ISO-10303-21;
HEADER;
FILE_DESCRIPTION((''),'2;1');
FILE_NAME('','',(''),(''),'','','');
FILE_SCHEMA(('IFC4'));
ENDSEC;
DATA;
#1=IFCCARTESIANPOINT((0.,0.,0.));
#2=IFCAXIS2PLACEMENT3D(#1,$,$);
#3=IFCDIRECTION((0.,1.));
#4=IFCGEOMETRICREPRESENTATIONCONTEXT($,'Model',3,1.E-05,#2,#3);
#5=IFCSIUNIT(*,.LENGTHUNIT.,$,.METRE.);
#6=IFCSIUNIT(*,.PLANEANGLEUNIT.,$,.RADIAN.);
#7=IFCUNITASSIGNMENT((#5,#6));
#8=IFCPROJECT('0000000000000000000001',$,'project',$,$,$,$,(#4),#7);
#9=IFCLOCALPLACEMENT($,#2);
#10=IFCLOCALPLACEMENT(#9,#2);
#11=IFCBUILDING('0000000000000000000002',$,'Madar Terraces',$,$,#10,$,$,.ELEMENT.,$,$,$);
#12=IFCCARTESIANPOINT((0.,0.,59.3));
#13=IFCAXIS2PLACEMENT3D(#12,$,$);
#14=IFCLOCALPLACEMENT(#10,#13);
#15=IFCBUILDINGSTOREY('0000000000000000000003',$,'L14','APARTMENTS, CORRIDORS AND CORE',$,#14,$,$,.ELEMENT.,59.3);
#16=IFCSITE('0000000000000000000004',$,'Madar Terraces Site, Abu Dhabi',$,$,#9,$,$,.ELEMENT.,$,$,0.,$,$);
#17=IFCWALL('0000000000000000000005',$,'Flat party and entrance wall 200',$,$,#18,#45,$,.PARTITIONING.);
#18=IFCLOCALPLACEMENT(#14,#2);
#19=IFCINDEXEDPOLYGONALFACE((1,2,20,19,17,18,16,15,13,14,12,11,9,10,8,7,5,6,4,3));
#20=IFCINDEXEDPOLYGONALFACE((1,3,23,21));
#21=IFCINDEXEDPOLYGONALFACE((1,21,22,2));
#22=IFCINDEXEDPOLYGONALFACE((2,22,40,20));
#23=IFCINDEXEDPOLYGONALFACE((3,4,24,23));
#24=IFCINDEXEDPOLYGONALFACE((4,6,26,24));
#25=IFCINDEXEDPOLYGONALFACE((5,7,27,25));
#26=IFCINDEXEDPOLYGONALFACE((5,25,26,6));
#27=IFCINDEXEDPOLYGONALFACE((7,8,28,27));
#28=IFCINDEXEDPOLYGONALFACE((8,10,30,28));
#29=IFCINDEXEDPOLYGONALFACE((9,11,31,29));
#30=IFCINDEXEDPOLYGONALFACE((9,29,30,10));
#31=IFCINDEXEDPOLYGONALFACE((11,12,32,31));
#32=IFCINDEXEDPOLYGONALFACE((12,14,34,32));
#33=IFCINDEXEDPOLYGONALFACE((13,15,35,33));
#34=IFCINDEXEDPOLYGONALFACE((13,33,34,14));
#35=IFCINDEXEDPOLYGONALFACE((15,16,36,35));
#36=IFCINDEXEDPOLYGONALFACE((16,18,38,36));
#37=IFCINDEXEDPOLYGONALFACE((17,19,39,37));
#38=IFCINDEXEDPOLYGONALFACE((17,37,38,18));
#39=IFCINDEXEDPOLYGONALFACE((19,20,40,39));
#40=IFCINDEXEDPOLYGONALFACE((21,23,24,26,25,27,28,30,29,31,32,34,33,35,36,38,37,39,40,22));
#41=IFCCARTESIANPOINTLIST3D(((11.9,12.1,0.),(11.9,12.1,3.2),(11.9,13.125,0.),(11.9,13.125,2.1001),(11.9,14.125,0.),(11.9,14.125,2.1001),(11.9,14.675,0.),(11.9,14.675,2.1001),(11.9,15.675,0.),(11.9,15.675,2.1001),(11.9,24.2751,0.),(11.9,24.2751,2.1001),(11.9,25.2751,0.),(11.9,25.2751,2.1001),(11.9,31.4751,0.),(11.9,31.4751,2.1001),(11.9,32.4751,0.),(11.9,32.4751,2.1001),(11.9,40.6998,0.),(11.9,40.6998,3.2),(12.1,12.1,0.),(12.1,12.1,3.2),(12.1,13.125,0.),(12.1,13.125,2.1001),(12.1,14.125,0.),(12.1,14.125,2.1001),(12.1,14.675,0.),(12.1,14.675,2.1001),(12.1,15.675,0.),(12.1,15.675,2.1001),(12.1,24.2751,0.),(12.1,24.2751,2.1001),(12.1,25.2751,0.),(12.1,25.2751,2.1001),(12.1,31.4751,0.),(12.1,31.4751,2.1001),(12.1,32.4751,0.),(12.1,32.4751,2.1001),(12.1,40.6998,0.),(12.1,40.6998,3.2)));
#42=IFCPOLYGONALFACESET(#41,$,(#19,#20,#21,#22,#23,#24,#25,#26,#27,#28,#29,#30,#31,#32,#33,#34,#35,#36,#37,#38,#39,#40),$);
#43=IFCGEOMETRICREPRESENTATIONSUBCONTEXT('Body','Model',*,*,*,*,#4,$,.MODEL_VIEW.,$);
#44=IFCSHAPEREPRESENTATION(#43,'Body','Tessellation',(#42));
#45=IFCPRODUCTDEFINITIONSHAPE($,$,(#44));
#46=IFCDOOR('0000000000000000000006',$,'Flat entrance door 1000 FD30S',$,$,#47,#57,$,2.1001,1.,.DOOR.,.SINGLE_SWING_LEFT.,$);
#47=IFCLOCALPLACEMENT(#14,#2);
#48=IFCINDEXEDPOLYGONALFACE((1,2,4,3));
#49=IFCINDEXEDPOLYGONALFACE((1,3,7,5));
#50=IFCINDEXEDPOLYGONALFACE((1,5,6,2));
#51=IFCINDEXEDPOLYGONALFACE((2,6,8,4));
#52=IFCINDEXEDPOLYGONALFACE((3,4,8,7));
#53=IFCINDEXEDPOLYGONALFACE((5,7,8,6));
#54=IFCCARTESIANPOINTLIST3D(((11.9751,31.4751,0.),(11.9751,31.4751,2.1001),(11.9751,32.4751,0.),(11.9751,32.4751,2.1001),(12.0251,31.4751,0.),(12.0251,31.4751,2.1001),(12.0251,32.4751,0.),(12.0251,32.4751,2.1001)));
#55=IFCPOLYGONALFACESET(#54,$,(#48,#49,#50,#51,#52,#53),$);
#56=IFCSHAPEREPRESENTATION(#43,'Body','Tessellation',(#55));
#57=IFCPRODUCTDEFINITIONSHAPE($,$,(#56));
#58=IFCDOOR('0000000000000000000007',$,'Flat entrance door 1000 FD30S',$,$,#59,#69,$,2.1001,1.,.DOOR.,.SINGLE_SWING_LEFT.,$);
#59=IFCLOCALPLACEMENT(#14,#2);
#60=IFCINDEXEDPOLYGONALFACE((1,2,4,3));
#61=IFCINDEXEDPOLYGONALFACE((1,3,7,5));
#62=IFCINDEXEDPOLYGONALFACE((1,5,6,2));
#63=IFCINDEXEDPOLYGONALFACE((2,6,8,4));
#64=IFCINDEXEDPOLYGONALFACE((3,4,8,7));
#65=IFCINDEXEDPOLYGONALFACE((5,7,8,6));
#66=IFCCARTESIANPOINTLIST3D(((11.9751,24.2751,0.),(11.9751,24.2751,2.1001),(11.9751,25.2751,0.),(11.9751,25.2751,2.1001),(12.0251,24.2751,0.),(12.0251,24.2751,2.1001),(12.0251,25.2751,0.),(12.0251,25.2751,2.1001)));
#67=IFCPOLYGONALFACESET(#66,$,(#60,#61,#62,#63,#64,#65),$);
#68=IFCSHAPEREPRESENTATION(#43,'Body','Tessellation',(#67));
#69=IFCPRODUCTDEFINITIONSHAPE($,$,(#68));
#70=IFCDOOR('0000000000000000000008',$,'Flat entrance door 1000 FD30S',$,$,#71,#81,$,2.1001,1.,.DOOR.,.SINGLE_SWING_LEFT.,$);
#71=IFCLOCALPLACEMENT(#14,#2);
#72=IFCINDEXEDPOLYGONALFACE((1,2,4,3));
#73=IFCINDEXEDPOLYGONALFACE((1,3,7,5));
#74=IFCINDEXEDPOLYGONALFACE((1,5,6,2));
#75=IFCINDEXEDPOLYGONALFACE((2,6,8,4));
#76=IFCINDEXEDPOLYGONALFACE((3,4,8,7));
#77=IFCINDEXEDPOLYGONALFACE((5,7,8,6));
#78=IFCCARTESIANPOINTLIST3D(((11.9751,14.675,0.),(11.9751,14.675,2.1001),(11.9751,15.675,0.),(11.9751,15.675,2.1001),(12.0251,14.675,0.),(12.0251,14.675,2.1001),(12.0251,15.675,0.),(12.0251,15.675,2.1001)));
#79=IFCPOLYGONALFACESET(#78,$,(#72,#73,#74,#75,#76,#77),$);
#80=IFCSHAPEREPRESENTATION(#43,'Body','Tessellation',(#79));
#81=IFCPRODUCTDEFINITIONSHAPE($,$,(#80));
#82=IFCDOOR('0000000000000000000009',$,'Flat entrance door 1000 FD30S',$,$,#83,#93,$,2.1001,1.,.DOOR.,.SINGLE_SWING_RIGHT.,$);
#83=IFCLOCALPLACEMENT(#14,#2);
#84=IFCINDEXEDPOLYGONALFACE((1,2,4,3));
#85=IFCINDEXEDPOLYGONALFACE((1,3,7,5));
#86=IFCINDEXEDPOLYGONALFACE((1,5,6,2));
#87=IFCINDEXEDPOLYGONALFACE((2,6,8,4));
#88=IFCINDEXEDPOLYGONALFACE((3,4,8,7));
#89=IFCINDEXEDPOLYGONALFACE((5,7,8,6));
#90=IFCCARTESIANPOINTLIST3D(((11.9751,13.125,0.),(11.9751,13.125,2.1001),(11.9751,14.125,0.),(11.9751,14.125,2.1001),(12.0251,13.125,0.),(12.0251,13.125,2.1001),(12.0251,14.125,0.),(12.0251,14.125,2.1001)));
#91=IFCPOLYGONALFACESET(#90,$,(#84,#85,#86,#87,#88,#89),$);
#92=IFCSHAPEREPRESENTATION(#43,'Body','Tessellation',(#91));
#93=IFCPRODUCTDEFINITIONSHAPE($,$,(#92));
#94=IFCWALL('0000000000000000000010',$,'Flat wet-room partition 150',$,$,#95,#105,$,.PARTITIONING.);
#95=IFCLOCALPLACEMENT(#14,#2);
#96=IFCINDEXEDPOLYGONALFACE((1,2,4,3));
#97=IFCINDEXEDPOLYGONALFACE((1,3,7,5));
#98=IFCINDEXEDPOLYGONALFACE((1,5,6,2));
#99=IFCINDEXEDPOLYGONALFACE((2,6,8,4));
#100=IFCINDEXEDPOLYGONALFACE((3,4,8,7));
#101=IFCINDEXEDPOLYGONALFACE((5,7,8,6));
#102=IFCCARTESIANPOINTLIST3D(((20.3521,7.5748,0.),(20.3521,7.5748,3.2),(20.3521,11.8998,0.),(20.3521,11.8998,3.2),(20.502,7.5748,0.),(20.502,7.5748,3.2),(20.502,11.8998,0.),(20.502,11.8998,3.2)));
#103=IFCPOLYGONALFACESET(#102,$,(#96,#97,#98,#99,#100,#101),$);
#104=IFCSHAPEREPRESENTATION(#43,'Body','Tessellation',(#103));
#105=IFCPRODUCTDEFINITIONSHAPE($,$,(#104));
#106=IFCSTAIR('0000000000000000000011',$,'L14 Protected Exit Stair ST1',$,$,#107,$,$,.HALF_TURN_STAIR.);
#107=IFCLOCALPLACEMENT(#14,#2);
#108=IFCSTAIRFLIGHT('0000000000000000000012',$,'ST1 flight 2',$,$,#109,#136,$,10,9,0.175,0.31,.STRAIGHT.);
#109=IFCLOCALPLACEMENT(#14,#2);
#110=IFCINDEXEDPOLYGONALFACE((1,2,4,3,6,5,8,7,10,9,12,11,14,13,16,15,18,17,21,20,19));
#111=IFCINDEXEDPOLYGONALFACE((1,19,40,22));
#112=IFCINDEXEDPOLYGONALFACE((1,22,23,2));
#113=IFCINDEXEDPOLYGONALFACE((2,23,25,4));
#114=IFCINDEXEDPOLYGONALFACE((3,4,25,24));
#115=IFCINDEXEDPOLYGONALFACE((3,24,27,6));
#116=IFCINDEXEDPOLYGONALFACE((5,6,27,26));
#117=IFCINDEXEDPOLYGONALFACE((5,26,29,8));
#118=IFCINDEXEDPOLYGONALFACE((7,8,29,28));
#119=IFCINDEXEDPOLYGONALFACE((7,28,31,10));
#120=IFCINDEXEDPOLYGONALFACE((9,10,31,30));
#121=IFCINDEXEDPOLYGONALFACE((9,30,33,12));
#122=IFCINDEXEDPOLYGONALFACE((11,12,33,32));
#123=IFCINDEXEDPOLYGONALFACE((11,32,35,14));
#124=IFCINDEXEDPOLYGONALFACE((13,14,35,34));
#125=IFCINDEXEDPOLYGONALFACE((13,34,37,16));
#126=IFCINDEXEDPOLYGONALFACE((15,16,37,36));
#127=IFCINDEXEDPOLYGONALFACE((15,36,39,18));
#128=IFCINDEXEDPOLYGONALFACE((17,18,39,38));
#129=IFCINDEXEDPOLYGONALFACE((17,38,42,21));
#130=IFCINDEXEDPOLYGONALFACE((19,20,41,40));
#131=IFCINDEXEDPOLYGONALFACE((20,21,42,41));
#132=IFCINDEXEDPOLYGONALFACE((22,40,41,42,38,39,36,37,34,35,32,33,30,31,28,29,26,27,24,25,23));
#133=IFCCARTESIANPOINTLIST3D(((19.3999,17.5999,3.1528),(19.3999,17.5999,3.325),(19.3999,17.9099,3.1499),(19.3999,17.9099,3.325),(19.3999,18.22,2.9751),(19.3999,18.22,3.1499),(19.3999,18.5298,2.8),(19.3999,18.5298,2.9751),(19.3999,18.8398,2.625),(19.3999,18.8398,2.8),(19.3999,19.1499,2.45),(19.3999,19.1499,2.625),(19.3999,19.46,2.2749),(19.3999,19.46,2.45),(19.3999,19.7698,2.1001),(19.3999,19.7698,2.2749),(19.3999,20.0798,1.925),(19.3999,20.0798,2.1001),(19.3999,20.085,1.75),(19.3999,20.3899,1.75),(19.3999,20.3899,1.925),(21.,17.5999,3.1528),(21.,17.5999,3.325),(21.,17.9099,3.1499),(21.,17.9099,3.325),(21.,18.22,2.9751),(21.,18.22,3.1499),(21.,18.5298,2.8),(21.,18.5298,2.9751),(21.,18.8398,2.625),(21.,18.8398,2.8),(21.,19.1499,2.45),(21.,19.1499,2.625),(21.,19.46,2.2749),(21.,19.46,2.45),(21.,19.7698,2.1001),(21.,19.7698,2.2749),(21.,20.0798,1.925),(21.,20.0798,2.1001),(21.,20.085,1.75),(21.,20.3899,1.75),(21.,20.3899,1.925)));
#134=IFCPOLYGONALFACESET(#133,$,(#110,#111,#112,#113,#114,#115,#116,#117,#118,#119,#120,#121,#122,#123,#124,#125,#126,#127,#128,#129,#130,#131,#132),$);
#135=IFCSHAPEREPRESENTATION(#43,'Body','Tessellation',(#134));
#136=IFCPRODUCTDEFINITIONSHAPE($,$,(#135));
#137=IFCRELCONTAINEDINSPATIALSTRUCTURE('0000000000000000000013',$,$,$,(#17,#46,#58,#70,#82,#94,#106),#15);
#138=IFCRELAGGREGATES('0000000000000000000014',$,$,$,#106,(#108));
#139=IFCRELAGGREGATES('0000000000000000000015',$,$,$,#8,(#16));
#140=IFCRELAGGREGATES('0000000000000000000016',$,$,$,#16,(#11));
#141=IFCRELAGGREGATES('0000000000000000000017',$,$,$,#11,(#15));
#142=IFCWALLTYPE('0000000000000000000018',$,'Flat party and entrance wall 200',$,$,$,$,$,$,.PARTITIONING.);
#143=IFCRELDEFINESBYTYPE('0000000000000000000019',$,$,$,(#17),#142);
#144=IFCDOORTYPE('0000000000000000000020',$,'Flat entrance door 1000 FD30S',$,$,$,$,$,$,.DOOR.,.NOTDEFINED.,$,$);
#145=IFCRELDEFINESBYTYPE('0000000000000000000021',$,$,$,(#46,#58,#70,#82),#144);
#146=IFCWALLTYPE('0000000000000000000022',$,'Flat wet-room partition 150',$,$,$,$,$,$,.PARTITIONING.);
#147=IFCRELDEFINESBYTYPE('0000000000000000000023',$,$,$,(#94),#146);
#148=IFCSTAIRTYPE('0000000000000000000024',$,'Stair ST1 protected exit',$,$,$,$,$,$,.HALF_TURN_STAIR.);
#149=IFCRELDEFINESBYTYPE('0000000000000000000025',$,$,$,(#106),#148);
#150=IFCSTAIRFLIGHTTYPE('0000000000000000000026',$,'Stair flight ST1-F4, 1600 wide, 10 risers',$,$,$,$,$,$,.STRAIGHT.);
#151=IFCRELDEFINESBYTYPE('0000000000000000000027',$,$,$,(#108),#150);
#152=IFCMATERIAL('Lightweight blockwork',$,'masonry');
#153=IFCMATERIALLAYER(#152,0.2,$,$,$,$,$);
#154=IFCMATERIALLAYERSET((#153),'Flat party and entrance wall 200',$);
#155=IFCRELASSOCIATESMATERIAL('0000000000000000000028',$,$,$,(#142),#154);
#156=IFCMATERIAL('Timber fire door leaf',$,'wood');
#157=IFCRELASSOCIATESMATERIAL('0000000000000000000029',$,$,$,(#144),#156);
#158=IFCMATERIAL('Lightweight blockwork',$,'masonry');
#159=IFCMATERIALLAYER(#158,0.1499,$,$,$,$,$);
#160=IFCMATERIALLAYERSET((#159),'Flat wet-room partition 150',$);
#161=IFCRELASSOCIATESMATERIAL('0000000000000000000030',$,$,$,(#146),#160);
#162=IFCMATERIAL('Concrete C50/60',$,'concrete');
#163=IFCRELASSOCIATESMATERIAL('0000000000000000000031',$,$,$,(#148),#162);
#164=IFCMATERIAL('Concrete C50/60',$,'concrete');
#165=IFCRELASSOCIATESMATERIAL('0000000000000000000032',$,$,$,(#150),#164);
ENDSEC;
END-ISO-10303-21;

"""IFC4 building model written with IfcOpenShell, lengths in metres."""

from ifc_helpers import new_model, si_unit, direction, frame, frame_2d, origin, place, context, subcontext, project, spatial, polyline, rectangle, outline, extrude, material, layer, layer_set, type_object, element, fill, aggregate, save


model = new_model("IFC4")

# Units and contexts
model_context = context("Model", 3, precision=1e-05, world=origin(), true_north=direction((0.0, 1.0)))
body_context = subcontext(model_context, "Body", "Model", "MODEL_VIEW")
ifc_project = project(units=[si_unit("LENGTHUNIT", "METRE"), si_unit("PLANEANGLEUNIT", "RADIAN")], contexts=[model_context])

# Site, building, storey
site_placement = place(None, origin())
site = spatial("IfcSite", under=ifc_project, at=site_placement, Name="Madar Terraces Site, Abu Dhabi", CompositionType="ELEMENT", RefElevation=0.0)
building_placement = place(site_placement, origin())
building = spatial("IfcBuilding", under=site, at=building_placement, Name="Madar Terraces", CompositionType="ELEMENT")
storey_placement = place(building_placement, frame((0.0, 0.0, 59.3)))
storey = spatial("IfcBuildingStorey", under=building, at=storey_placement, Name="L14", Description="APARTMENTS, CORRIDORS AND CORE", CompositionType="ELEMENT", Elevation=59.3)

# Wall, openings, doors
ifc_material_1 = material(Name="Lightweight blockwork", Category="masonry")
ifc_layer_1 = layer(ifc_material_1, 0.2)
ifc_layer_set_1 = layer_set([ifc_layer_1], Name="Flat party and entrance wall 200")
wall_type_1 = type_object("IfcWallType", Name="Flat party and entrance wall 200", PredefinedType="PARTITIONING", material=ifc_layer_set_1)
wall_1_placement = place(storey_placement, frame((12.0, 12.1001, 0.0), z_axis=(0.0, 0.0, 1.0), x_axis=(0.0, 1.0, 0.0)))
wall_1 = element("IfcWall", 1, at=wall_1_placement, inside=storey, type_object=wall_type_1, Name="Flat party and entrance wall 200", PredefinedType="PARTITIONING", context=body_context, shape_type="SweptSolid", body=[
    extrude(rectangle(XDim=28.5999, YDim=0.2, at=frame_2d((14.2998, 0.0))), origin(), (0.0, 0.0, 1.0), 3.2),
])
opening_1_placement = place(wall_1_placement, frame((19.375, 0.0, 0.0)))
opening_1 = element("IfcOpeningElement", 2, at=opening_1_placement, cuts=wall_1, PredefinedType="OPENING", context=body_context, shape_type="SweptSolid", body=[
    extrude(rectangle(XDim=1.0, YDim=2.1001, at=frame_2d((0.5, 1.05))), frame((0.0, 0.1099, 0.0), z_axis=(0.0, -1.0, 0.0), x_axis=(1.0, 0.0, 0.0)), (0.0, 0.0, 1.0), 0.22),
])
opening_2_placement = place(wall_1_placement, frame((12.175, 0.0, 0.0)))
opening_2 = element("IfcOpeningElement", 3, at=opening_2_placement, cuts=wall_1, PredefinedType="OPENING", context=body_context, shape_type="SweptSolid", body=[
    extrude(rectangle(XDim=1.0, YDim=2.1001, at=frame_2d((0.5, 1.05))), frame((0.0, 0.1099, 0.0), z_axis=(0.0, -1.0, 0.0), x_axis=(1.0, 0.0, 0.0)), (0.0, 0.0, 1.0), 0.22),
])
opening_3_placement = place(wall_1_placement, frame((2.575, 0.0, 0.0)))
opening_3 = element("IfcOpeningElement", 4, at=opening_3_placement, cuts=wall_1, PredefinedType="OPENING", context=body_context, shape_type="SweptSolid", body=[
    extrude(rectangle(XDim=1.0, YDim=2.1001, at=frame_2d((0.5, 1.05))), frame((0.0, 0.1099, 0.0), z_axis=(0.0, -1.0, 0.0), x_axis=(1.0, 0.0, 0.0)), (0.0, 0.0, 1.0), 0.22),
])
opening_4_placement = place(wall_1_placement, frame((1.0249, 0.0, 0.0)))
opening_4 = element("IfcOpeningElement", 5, at=opening_4_placement, cuts=wall_1, PredefinedType="OPENING", context=body_context, shape_type="SweptSolid", body=[
    extrude(rectangle(XDim=1.0, YDim=2.1001, at=frame_2d((0.5, 1.05))), frame((0.0, 0.1099, 0.0), z_axis=(0.0, -1.0, 0.0), x_axis=(1.0, 0.0, 0.0)), (0.0, 0.0, 1.0), 0.22),
])
ifc_material_2 = material(Name="Timber fire door leaf", Category="wood")
door_type_1 = type_object("IfcDoorType", Name="Flat entrance door 1000 FD30S", OperationType="NOTDEFINED", PredefinedType="DOOR", material=ifc_material_2)
door_1_placement = place(opening_1_placement, origin())
door_1 = element("IfcDoor", 6, at=door_1_placement, inside=storey, type_object=door_type_1, Name="Flat entrance door 1000 FD30S", OperationType="SINGLE_SWING_LEFT", OverallHeight=2.1001, OverallWidth=1.0, PredefinedType="DOOR", context=body_context, shape_type="SweptSolid", body=[
    extrude(rectangle(XDim=1.0, YDim=2.1001, at=frame_2d((0.5, 1.05))), frame((0.0, 0.0249, 0.0), z_axis=(0.0, -1.0, 0.0), x_axis=(1.0, 0.0, 0.0)), (0.0, 0.0, 1.0), 0.05),
])
fill(opening_1, door_1)
door_2_placement = place(opening_2_placement, origin())
door_2 = element("IfcDoor", 7, at=door_2_placement, inside=storey, type_object=door_type_1, Name="Flat entrance door 1000 FD30S", OperationType="SINGLE_SWING_LEFT", OverallHeight=2.1001, OverallWidth=1.0, PredefinedType="DOOR", context=body_context, shape_type="SweptSolid", body=[
    extrude(rectangle(XDim=1.0, YDim=2.1001, at=frame_2d((0.5, 1.05))), frame((0.0, 0.0249, 0.0), z_axis=(0.0, -1.0, 0.0), x_axis=(1.0, 0.0, 0.0)), (0.0, 0.0, 1.0), 0.05),
])
fill(opening_2, door_2)
door_3_placement = place(opening_3_placement, origin())
door_3 = element("IfcDoor", 8, at=door_3_placement, inside=storey, type_object=door_type_1, Name="Flat entrance door 1000 FD30S", OperationType="SINGLE_SWING_LEFT", OverallHeight=2.1001, OverallWidth=1.0, PredefinedType="DOOR", context=body_context, shape_type="SweptSolid", body=[
    extrude(rectangle(XDim=1.0, YDim=2.1001, at=frame_2d((0.5, 1.05))), frame((0.0, 0.0249, 0.0), z_axis=(0.0, -1.0, 0.0), x_axis=(1.0, 0.0, 0.0)), (0.0, 0.0, 1.0), 0.05),
])
fill(opening_3, door_3)
door_4_placement = place(opening_4_placement, origin())
door_4 = element("IfcDoor", 9, at=door_4_placement, inside=storey, type_object=door_type_1, Name="Flat entrance door 1000 FD30S", OperationType="SINGLE_SWING_RIGHT", OverallHeight=2.1001, OverallWidth=1.0, PredefinedType="DOOR", context=body_context, shape_type="SweptSolid", body=[
    extrude(rectangle(XDim=1.0, YDim=2.1001, at=frame_2d((0.5, 1.05))), frame((0.0, 0.0249, 0.0), z_axis=(0.0, -1.0, 0.0), x_axis=(1.0, 0.0, 0.0)), (0.0, 0.0, 1.0), 0.05),
])
fill(opening_4, door_4)

# Wall
ifc_material_3 = material(Name="Lightweight blockwork", Category="masonry")
ifc_layer_2 = layer(ifc_material_3, 0.1499)
ifc_layer_set_2 = layer_set([ifc_layer_2], Name="Flat wet-room partition 150")
wall_type_2 = type_object("IfcWallType", Name="Flat wet-room partition 150", PredefinedType="PARTITIONING", material=ifc_layer_set_2)
wall_2_placement = place(storey_placement, frame((20.427, 11.8999, 0.0), z_axis=(0.0, 0.0, 1.0), x_axis=(0.0, -1.0, 0.0)))
element("IfcWall", 10, at=wall_2_placement, inside=storey, type_object=wall_type_2, Name="Flat wet-room partition 150", PredefinedType="PARTITIONING", context=body_context, shape_type="SweptSolid", body=[
    extrude(rectangle(XDim=4.325, YDim=0.1499, at=frame_2d((2.1626, 0.0))), origin(), (0.0, 0.0, 1.0), 3.2),
])

# Stair, stair flight
ifc_material_4 = material(Name="Concrete C50/60", Category="concrete")
stair_type = type_object("IfcStairType", Name="Stair ST1 protected exit", PredefinedType="HALF_TURN_STAIR", material=ifc_material_4)
stair_placement = place(storey_placement, origin())
stair = element("IfcStair", 11, at=stair_placement, inside=storey, type_object=stair_type, Name="L14 Protected Exit Stair ST1", PredefinedType="HALF_TURN_STAIR")
ifc_material_5 = material(Name="Concrete C50/60", Category="concrete")
stair_flight_type = type_object("IfcStairFlightType", Name="Stair flight ST1-F4, 1600 wide, 10 risers", PredefinedType="STRAIGHT", material=ifc_material_5)
stair_flight_placement = place(storey_placement, frame((20.2, 20.3899, 1.75), z_axis=(0.0, 0.0, 1.0), x_axis=(0.0, -1.0, 0.0)))
stair_flight = element("IfcStairFlight", 12, at=stair_flight_placement, type_object=stair_flight_type, Name="ST1 flight 2", NumberOfRisers=10, NumberOfTreads=9, PredefinedType="STRAIGHT", RiserHeight=0.175, TreadLength=0.31, context=body_context, shape_type="SweptSolid", body=[
    extrude(outline(polyline([(0.0, 0.0), (0.0, 0.175), (0.3101, 0.175), (0.3101, 0.3501), (0.6201, 0.3501), (0.6201, 0.5249), (0.9299, 0.5249), (0.9299, 0.7), (1.24, 0.7), (1.24, 0.875), (1.55, 0.875), (1.55, 1.05), (1.8601, 1.05), (1.8601, 1.2251), (2.1699, 1.2251), (2.1699, 1.3999), (2.48, 1.3999), (2.48, 1.575), (2.79, 1.575), (2.79, 1.75), (2.79, 1.4028), (0.3049, 0.0), (0.0, 0.0)])), frame((0.0, 0.8, 0.0), z_axis=(0.0, -1.0, 0.0), x_axis=(1.0, 0.0, 0.0)), (0.0, 0.0, 1.0), 1.6001),
])
aggregate(stair, [stair_flight])

save(model, "model.ifc")
